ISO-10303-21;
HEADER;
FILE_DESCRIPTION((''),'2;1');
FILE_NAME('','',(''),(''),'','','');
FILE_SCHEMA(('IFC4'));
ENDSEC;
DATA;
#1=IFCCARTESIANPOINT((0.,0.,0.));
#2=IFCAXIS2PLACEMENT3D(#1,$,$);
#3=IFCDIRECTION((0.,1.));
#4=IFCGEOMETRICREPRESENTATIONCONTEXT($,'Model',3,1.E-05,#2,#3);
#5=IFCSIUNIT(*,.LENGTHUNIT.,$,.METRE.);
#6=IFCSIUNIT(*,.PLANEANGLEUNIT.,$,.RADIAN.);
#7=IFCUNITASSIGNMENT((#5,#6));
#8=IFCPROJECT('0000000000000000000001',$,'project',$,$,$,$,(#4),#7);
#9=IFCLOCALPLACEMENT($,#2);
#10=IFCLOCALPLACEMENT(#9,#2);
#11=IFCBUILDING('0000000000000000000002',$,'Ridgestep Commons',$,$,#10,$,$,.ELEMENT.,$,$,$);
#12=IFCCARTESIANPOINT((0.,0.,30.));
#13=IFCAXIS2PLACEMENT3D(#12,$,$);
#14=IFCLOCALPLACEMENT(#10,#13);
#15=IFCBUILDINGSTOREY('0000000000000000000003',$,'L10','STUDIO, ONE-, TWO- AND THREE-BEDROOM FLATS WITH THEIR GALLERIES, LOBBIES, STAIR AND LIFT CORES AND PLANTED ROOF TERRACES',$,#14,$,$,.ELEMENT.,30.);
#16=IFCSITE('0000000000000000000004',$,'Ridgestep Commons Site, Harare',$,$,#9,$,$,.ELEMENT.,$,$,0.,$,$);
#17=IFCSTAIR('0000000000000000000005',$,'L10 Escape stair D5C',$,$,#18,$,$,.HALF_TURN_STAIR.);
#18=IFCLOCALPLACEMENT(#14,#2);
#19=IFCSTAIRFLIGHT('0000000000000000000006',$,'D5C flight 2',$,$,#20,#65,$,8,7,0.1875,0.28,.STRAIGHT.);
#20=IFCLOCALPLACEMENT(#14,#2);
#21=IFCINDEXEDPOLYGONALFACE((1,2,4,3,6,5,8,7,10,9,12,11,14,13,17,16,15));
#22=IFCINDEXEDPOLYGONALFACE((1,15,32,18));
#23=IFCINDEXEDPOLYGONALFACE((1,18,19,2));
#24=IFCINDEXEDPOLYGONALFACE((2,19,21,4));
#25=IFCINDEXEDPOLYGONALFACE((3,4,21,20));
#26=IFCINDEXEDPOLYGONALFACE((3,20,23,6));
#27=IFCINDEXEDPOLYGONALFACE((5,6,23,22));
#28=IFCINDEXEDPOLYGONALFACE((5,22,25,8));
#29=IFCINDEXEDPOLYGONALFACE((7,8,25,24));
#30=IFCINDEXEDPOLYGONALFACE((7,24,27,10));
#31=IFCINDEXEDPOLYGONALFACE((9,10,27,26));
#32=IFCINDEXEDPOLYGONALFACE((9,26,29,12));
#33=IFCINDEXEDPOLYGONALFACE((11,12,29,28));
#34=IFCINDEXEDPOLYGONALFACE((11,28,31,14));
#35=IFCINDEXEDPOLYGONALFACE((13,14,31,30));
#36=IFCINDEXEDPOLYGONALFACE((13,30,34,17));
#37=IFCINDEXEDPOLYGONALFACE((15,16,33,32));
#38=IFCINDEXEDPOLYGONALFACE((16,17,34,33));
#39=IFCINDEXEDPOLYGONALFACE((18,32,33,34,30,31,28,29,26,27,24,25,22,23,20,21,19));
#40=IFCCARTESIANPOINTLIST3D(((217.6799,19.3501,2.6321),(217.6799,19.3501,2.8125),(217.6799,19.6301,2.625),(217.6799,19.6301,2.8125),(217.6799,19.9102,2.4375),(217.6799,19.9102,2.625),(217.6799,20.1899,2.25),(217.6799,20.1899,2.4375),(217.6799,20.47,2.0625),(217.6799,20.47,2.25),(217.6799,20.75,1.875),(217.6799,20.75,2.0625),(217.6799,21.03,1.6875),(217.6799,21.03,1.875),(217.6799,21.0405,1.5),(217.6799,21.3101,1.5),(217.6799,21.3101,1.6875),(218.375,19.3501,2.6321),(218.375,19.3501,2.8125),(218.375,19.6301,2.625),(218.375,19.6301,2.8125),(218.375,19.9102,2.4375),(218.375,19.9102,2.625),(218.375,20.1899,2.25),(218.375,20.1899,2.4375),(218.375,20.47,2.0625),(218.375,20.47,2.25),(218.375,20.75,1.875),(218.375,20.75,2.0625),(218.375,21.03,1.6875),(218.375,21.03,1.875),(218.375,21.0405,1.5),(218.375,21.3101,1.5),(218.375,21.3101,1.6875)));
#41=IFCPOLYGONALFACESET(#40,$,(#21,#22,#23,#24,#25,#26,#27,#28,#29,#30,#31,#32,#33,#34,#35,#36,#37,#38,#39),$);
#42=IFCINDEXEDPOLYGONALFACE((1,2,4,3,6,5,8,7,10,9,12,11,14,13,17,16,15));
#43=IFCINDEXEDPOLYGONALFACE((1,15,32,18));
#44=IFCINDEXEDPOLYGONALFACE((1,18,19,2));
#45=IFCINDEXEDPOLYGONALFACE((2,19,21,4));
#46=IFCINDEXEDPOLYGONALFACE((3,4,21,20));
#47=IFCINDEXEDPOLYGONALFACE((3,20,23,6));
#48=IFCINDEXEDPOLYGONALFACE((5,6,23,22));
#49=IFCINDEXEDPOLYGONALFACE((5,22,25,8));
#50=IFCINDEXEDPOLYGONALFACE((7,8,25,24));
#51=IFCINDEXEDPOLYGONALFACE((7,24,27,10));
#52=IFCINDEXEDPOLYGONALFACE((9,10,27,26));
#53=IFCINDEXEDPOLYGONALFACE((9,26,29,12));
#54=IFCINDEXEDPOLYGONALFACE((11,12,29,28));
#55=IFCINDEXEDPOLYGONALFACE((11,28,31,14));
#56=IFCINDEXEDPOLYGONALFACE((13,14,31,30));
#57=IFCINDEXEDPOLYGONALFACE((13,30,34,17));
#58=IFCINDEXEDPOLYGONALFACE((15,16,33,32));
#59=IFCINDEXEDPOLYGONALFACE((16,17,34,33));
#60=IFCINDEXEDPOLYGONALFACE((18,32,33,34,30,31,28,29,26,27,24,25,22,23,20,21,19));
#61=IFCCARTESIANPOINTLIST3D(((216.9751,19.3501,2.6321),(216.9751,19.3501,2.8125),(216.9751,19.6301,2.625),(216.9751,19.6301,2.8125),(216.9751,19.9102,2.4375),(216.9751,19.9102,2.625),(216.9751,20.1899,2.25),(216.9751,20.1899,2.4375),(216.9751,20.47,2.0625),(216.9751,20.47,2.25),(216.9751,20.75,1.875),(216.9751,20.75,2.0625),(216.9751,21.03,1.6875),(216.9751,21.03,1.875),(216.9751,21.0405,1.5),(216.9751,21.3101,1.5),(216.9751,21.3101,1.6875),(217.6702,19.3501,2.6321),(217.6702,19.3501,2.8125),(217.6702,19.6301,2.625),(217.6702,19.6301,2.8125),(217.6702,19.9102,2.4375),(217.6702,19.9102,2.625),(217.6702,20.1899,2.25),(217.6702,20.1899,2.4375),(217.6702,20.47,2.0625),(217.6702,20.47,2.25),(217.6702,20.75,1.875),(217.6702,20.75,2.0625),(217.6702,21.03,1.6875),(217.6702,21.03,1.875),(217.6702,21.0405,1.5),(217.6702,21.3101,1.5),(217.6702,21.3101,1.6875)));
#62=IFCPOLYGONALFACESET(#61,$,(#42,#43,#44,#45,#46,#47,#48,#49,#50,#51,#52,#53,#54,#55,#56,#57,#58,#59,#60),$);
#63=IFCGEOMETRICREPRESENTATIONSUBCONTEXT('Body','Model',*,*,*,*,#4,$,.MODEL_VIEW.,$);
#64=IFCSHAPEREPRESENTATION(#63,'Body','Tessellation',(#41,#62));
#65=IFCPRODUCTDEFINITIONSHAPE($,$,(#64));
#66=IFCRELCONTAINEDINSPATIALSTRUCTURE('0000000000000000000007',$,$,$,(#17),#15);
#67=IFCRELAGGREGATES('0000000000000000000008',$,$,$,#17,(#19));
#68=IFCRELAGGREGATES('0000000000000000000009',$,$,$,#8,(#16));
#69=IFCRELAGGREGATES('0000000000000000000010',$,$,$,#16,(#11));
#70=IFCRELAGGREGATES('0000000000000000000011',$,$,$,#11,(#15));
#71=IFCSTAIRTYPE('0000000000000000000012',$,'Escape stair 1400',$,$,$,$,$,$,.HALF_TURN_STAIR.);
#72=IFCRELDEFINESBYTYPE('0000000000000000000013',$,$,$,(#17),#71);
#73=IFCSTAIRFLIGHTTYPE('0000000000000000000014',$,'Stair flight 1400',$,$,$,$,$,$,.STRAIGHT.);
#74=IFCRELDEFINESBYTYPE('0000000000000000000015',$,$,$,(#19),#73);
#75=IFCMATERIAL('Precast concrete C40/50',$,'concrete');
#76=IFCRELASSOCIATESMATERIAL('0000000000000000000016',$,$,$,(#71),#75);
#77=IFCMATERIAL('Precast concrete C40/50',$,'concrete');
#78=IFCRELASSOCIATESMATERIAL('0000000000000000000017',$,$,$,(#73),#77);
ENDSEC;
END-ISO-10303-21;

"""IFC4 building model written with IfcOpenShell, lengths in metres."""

from ifc_helpers import new_model, si_unit, direction, frame, origin, place, context, subcontext, project, spatial, polyline, outline, extrude, material, type_object, element, aggregate, save


model = new_model("IFC4")

# Units and contexts
model_context = context("Model", 3, precision=1e-05, world=origin(), true_north=direction((0.0, 1.0)))
body_context = subcontext(model_context, "Body", "Model", "MODEL_VIEW")
ifc_project = project(units=[si_unit("LENGTHUNIT", "METRE"), si_unit("PLANEANGLEUNIT", "RADIAN")], contexts=[model_context])

# Site, building, storey
site_placement = place(None, origin())
site = spatial("IfcSite", under=ifc_project, at=site_placement, Name="Ridgestep Commons Site, Harare", CompositionType="ELEMENT", RefElevation=0.0)
building_placement = place(site_placement, origin())
building = spatial("IfcBuilding", under=site, at=building_placement, Name="Ridgestep Commons", CompositionType="ELEMENT")
storey_placement = place(building_placement, frame((0.0, 0.0, 30.0)))
storey = spatial("IfcBuildingStorey", under=building, at=storey_placement, Name="L10", Description="STUDIO, ONE-, TWO- AND THREE-BEDROOM FLATS WITH THEIR GALLERIES, LOBBIES, STAIR AND LIFT CORES AND PLANTED ROOF TERRACES", CompositionType="ELEMENT", Elevation=30.0)

# Stair, stair flight
ifc_material_1 = material(Name="Precast concrete C40/50", Category="concrete")
stair_type = type_object("IfcStairType", Name="Escape stair 1400", PredefinedType="HALF_TURN_STAIR", material=ifc_material_1)
ifc_material_2 = material(Name="Precast concrete C40/50", Category="concrete")
stair_flight_type = type_object("IfcStairFlightType", Name="Stair flight 1400", PredefinedType="STRAIGHT", material=ifc_material_2)
stair_1_placement = place(storey_placement, origin())
stair_1 = element("IfcStair", 1, at=stair_1_placement, inside=storey, type_object=stair_type, Name="L10 Escape stair D5C", PredefinedType="HALF_TURN_STAIR")
stair_flight_1_placement = place(storey_placement, frame((217.675, 21.3101, 1.5), z_axis=(0.0, 0.0, 1.0), x_axis=(0.0, -1.0, 0.0)))
stair_flight_1 = element("IfcStairFlight", 2, at=stair_flight_1_placement, type_object=stair_flight_type, Name="D5C flight 2", NumberOfRisers=8, NumberOfTreads=7, PredefinedType="STRAIGHT", RiserHeight=0.1875, TreadLength=0.28, context=body_context, shape_type="SweptSolid", body=[
    extrude(outline(polyline([(0.0, 0.0), (0.0, 0.1875), (0.28, 0.1875), (0.28, 0.375), (0.5601, 0.375), (0.5601, 0.5625), (0.8401, 0.5625), (0.8401, 0.75), (1.1201, 0.75), (1.1201, 0.9375), (1.3999, 0.9375), (1.3999, 1.125), (1.6799, 1.125), (1.6799, 1.3125), (1.96, 1.3125), (1.96, 1.5), (1.96, 1.1321), (0.2695, 0.0), (0.0, 0.0)])), frame((0.0, 0.7, 0.0), z_axis=(0.0, -1.0, 0.0), x_axis=(1.0, 0.0, 0.0)), (0.0, 0.0, 1.0), 0.6951),
    extrude(outline(polyline([(0.0, 0.0), (0.0, 0.1875), (0.28, 0.1875), (0.28, 0.375), (0.5601, 0.375), (0.5601, 0.5625), (0.8401, 0.5625), (0.8401, 0.75), (1.1201, 0.75), (1.1201, 0.9375), (1.3999, 0.9375), (1.3999, 1.125), (1.6799, 1.125), (1.6799, 1.3125), (1.96, 1.3125), (1.96, 1.5), (1.96, 1.1321), (0.2695, 0.0), (0.0, 0.0)])), frame((0.0, -0.0049, 0.0), z_axis=(0.0, -1.0, 0.0), x_axis=(1.0, 0.0, 0.0)), (0.0, 0.0, 1.0), 0.6951),
])
aggregate(stair_1, [stair_flight_1])

save(model, "model.ifc")
